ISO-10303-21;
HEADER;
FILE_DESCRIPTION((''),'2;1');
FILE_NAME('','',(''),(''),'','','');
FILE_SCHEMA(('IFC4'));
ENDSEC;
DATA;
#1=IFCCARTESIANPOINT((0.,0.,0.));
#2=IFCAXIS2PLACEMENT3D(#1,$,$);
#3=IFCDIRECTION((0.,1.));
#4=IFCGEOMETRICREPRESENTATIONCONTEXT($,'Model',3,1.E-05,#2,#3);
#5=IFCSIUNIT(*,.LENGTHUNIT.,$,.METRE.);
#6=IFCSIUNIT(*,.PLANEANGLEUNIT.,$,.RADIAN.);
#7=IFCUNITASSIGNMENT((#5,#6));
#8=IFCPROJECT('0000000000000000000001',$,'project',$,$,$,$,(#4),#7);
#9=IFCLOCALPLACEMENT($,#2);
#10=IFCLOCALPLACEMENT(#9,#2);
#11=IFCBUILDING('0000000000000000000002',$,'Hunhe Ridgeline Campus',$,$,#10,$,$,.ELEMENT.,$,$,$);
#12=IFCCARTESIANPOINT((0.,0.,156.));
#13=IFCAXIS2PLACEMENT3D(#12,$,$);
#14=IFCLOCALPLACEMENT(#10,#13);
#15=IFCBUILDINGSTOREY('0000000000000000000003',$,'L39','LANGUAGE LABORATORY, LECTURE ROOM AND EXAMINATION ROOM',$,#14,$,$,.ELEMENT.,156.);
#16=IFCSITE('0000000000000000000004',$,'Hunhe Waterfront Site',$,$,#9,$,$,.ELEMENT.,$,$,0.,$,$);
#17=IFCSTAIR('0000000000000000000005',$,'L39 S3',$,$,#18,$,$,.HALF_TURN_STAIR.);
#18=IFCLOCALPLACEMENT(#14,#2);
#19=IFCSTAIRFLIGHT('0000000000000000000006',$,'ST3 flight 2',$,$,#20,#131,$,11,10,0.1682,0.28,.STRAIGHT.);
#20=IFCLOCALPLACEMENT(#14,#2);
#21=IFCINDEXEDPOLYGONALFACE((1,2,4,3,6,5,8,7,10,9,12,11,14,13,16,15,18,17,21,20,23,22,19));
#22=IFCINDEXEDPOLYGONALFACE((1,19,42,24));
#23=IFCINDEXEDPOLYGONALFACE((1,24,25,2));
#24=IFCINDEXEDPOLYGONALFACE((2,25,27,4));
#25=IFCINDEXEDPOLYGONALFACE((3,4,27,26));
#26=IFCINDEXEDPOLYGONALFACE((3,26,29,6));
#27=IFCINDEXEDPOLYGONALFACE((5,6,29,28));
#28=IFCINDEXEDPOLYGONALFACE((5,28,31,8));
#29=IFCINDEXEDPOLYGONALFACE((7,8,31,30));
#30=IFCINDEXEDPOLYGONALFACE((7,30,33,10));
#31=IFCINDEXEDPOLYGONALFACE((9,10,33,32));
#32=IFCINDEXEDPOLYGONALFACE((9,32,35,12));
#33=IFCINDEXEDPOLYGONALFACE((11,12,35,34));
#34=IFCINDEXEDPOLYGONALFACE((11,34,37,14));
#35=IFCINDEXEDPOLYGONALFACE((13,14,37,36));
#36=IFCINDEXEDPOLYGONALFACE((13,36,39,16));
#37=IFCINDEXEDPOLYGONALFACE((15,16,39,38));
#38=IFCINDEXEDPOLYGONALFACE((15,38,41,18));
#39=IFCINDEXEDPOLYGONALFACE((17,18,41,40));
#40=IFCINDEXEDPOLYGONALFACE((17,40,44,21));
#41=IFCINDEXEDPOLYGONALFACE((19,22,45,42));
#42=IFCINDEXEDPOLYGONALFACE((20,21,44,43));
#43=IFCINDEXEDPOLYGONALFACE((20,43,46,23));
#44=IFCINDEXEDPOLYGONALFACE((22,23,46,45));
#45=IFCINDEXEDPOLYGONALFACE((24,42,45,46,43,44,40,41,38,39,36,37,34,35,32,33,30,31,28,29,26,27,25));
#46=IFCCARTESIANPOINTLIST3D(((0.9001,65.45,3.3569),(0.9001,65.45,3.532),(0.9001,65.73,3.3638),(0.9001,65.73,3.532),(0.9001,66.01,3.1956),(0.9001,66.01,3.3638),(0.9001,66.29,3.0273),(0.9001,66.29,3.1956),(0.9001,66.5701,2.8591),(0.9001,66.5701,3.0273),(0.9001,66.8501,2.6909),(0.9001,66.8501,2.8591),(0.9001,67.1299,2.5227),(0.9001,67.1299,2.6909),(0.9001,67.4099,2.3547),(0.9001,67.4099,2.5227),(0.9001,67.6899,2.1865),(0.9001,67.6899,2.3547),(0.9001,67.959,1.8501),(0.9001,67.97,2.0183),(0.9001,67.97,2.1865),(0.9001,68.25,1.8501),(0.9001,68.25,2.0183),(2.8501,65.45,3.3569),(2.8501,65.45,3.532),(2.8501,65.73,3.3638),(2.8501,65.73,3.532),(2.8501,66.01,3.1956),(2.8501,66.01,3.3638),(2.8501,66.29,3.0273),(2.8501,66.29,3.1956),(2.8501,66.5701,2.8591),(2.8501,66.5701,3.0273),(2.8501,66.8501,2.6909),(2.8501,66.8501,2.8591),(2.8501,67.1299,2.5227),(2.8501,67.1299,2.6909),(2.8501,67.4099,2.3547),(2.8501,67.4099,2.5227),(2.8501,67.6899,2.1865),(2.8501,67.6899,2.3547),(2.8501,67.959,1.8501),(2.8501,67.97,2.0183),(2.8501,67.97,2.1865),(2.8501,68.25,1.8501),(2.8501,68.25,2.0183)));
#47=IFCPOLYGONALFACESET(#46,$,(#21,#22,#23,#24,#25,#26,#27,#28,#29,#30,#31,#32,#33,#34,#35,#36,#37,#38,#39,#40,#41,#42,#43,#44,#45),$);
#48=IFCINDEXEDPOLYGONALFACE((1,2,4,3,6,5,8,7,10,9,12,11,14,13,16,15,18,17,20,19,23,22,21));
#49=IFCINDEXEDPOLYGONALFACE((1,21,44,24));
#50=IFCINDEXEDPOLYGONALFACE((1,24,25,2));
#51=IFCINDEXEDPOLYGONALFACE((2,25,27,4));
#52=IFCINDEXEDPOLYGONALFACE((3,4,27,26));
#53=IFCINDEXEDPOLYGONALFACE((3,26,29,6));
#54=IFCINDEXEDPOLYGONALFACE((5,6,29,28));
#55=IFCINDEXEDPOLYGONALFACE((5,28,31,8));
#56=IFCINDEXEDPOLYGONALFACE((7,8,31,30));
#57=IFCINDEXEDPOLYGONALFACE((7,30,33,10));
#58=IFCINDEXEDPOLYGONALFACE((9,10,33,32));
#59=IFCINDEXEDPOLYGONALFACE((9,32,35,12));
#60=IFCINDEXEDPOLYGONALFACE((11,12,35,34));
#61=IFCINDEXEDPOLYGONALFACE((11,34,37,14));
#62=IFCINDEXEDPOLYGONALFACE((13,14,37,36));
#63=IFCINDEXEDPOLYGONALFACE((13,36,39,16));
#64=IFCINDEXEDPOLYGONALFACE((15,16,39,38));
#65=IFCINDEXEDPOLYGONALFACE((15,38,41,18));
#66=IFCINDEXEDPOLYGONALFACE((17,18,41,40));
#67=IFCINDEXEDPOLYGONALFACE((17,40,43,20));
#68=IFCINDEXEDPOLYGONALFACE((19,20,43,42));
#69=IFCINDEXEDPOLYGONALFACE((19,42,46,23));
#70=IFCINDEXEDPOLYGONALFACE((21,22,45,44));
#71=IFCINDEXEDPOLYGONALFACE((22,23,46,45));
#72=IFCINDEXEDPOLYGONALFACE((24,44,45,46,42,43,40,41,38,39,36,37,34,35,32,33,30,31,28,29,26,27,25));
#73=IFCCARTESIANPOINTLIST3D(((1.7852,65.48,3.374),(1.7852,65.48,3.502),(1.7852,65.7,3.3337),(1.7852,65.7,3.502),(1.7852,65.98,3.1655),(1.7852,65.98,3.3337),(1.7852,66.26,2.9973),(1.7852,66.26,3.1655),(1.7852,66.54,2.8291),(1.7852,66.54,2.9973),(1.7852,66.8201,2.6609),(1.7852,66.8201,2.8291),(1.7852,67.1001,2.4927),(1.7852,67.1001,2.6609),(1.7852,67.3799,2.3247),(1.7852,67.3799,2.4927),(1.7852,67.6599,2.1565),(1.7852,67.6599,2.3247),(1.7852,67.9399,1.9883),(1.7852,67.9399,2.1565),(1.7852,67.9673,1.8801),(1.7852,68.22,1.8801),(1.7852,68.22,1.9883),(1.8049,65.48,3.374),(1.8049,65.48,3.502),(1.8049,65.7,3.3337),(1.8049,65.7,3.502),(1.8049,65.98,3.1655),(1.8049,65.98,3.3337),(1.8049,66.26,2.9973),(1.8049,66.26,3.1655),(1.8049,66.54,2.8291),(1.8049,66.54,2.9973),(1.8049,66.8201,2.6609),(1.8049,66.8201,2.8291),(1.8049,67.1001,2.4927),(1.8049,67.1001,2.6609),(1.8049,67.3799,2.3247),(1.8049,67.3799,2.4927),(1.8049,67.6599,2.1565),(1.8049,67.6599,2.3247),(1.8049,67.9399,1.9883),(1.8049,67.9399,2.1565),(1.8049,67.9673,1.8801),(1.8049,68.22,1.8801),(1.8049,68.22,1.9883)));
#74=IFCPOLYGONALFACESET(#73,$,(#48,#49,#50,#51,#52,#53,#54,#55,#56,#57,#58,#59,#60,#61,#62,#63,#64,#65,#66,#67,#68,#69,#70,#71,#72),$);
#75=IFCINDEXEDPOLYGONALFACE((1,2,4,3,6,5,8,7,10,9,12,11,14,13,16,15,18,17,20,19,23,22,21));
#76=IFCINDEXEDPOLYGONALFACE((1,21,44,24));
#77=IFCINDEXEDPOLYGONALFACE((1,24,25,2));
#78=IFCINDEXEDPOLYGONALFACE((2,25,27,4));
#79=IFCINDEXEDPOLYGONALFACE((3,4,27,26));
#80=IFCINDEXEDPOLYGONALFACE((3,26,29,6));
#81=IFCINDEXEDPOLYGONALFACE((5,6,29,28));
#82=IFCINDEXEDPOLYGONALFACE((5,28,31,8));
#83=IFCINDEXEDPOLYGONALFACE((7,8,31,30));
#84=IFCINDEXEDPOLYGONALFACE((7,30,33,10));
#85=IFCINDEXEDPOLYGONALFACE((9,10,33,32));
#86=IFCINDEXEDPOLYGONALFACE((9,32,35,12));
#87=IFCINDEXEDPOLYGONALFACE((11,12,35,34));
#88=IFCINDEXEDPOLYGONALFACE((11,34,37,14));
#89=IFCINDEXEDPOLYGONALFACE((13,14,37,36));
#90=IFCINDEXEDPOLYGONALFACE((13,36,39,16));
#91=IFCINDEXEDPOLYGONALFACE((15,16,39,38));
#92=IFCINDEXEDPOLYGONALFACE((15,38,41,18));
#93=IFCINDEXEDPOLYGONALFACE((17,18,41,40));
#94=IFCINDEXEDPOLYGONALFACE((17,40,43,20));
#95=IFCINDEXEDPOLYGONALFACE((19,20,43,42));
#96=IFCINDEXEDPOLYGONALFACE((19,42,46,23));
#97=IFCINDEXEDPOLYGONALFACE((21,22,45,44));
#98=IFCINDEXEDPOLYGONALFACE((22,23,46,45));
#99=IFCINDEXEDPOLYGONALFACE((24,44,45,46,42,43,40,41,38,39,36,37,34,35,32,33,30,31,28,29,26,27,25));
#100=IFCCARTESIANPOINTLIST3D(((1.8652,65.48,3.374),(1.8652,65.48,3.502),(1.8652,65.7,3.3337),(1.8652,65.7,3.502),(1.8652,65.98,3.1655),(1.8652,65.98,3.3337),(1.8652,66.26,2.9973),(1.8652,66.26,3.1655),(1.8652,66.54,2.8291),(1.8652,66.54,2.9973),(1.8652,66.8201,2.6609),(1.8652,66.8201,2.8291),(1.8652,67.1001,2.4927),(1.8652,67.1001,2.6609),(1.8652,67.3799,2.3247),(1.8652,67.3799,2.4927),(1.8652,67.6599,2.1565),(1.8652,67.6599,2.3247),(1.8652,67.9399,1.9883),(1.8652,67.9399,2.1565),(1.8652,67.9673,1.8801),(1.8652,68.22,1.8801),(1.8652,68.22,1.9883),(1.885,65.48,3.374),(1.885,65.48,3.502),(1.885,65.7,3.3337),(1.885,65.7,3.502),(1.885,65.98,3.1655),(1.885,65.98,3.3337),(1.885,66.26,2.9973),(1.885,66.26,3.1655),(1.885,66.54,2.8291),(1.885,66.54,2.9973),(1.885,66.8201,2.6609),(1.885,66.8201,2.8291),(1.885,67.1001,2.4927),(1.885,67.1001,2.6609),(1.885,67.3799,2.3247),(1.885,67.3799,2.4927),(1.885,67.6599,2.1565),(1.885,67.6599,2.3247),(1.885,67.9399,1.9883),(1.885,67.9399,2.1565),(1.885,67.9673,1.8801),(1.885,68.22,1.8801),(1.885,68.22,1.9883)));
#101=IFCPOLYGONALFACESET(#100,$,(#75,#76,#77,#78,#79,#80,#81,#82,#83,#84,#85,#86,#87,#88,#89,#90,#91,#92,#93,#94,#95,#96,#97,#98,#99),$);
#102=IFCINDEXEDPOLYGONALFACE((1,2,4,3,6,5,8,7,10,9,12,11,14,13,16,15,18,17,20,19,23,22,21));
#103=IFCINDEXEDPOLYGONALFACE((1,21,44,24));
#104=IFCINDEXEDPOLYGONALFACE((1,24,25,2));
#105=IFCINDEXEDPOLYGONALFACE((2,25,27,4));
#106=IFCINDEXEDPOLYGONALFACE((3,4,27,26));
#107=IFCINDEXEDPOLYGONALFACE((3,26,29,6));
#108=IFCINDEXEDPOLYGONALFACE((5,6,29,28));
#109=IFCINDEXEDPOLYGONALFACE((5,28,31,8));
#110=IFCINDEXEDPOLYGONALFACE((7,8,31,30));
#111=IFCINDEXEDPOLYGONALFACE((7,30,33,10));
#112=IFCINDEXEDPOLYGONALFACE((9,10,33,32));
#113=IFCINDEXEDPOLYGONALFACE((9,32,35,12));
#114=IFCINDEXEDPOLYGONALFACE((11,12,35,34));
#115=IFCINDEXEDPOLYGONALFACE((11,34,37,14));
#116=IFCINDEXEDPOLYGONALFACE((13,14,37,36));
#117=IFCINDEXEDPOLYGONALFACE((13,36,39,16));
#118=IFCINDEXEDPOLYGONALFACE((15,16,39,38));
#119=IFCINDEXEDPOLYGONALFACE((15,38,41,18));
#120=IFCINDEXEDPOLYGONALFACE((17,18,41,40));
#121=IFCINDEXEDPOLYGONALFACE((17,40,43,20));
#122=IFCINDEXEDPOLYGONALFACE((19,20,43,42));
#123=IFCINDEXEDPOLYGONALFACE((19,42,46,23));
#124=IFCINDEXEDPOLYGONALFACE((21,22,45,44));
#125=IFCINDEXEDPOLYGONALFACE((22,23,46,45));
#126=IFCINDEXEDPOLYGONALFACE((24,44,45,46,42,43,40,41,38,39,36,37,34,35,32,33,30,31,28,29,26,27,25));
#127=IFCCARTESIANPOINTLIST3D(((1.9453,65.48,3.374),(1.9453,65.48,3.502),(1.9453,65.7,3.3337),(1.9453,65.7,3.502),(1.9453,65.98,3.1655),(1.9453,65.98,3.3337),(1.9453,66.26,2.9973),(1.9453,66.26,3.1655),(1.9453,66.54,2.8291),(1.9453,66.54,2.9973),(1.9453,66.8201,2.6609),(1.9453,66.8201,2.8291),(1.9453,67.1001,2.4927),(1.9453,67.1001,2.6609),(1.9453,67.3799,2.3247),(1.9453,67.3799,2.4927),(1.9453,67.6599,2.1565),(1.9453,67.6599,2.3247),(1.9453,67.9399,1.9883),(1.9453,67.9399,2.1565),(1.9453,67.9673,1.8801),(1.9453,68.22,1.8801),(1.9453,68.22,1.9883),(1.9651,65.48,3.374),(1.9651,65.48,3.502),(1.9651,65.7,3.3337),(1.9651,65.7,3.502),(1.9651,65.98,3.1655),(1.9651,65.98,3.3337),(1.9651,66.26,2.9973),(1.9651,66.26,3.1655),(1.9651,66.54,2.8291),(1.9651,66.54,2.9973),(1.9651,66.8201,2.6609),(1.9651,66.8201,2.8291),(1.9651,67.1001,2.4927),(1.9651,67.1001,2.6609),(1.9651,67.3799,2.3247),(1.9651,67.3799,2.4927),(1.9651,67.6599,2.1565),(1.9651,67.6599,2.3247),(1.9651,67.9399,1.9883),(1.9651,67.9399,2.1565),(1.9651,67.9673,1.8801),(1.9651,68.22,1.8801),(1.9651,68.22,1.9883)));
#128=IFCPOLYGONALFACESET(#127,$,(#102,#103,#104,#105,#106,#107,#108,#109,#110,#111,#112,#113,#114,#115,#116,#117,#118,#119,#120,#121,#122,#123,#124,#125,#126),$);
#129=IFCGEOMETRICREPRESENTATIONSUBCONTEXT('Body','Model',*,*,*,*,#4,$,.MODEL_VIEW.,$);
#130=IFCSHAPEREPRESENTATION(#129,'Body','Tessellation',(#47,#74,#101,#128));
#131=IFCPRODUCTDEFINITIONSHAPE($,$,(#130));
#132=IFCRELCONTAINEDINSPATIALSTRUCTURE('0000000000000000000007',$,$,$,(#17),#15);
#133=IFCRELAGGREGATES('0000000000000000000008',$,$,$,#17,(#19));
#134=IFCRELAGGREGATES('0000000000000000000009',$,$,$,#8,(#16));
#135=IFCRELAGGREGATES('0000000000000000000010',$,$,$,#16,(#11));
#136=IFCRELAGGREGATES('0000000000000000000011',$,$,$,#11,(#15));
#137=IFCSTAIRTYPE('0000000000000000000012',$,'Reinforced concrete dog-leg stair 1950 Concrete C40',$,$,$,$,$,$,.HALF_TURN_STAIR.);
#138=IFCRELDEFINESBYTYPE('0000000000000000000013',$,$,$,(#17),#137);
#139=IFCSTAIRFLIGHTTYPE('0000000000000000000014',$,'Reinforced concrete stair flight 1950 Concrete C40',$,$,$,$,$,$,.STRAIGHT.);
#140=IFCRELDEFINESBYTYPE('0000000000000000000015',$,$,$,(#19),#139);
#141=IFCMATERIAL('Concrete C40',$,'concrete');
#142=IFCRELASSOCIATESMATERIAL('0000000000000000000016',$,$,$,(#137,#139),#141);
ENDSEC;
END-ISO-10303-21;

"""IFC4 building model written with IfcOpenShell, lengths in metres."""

from ifc_helpers import new_model, si_unit, direction, frame, origin, place, context, subcontext, project, spatial, polyline, outline, extrude, material, type_object, element, aggregate, save


model = new_model("IFC4")

# Units and contexts
model_context = context("Model", 3, precision=1e-05, world=origin(), true_north=direction((0.0, 1.0)))
body_context = subcontext(model_context, "Body", "Model", "MODEL_VIEW")
ifc_project = project(units=[si_unit("LENGTHUNIT", "METRE"), si_unit("PLANEANGLEUNIT", "RADIAN")], contexts=[model_context])

# Site, building, storey
site_placement = place(None, origin())
site = spatial("IfcSite", under=ifc_project, at=site_placement, Name="Hunhe Waterfront Site", CompositionType="ELEMENT", RefElevation=0.0)
building_placement = place(site_placement, origin())
building = spatial("IfcBuilding", under=site, at=building_placement, Name="Hunhe Ridgeline Campus", CompositionType="ELEMENT")
storey_placement = place(building_placement, frame((0.0, 0.0, 156.0)))
storey = spatial("IfcBuildingStorey", under=building, at=storey_placement, Name="L39", Description="LANGUAGE LABORATORY, LECTURE ROOM AND EXAMINATION ROOM", CompositionType="ELEMENT", Elevation=156.0)

# Stair, stair flight
ifc_material_1 = material(Name="Concrete C40", Category="concrete")
stair_type = type_object("IfcStairType", Name="Reinforced concrete dog-leg stair 1950 Concrete C40", PredefinedType="HALF_TURN_STAIR", material=ifc_material_1)
stair_1_placement = place(storey_placement, origin())
stair_1 = element("IfcStair", 1, at=stair_1_placement, inside=storey, type_object=stair_type, Name="L39 S3", PredefinedType="HALF_TURN_STAIR")
stair_flight_type = type_object("IfcStairFlightType", Name="Reinforced concrete stair flight 1950 Concrete C40", PredefinedType="STRAIGHT", material=ifc_material_1)
stair_flight_1_placement = place(storey_placement, frame((1.875, 68.25, 1.8501), z_axis=(0.0, 0.0, 1.0), x_axis=(0.0, -1.0, 0.0)))
stair_flight_1 = element("IfcStairFlight", 2, at=stair_flight_1_placement, type_object=stair_flight_type, Name="ST3 flight 2", NumberOfRisers=11, NumberOfTreads=10, PredefinedType="STRAIGHT", RiserHeight=0.1682, TreadLength=0.28, context=body_context, shape_type="SweptSolid", body=[
    extrude(outline(polyline([(0.0, 0.0), (0.0, 0.1682), (0.28, 0.1682), (0.28, 0.3364), (0.5601, 0.3364), (0.5601, 0.5046), (0.8401, 0.5046), (0.8401, 0.6726), (1.1201, 0.6726), (1.1201, 0.8408), (1.3999, 0.8408), (1.3999, 1.009), (1.6799, 1.009), (1.6799, 1.1772), (1.96, 1.1772), (1.96, 1.3455), (2.24, 1.3455), (2.24, 1.5137), (2.52, 1.5137), (2.52, 1.6819), (2.8, 1.6819), (2.8, 1.8501), (2.8, 1.5068), (0.291, 0.0), (0.0, 0.0)])), frame((0.0, 0.9751, 0.0), z_axis=(0.0, -1.0, 0.0), x_axis=(1.0, 0.0, 0.0)), (0.0, 0.0, 1.0), 1.95),
    extrude(outline(polyline([(0.03, 0.03), (0.03, 0.1382), (0.3101, 0.1382), (0.3101, 0.3064), (0.5901, 0.3064), (0.5901, 0.4746), (0.8701, 0.4746), (0.8701, 0.6426), (1.1499, 0.6426), (1.1499, 0.8108), (1.4299, 0.8108), (1.4299, 0.979), (1.71, 0.979), (1.71, 1.1472), (1.99, 1.1472), (1.99, 1.3154), (2.27, 1.3154), (2.27, 1.4836), (2.55, 1.4836), (2.55, 1.6519), (2.77, 1.6519), (2.77, 1.5239), (0.2827, 0.03), (0.03, 0.03)])), frame((0.0, -0.0701, 0.0), z_axis=(0.0, -1.0, 0.0), x_axis=(1.0, 0.0, 0.0)), (0.0, 0.0, 1.0), 0.0198),
    extrude(outline(polyline([(0.03, 0.03), (0.03, 0.1382), (0.3101, 0.1382), (0.3101, 0.3064), (0.5901, 0.3064), (0.5901, 0.4746), (0.8701, 0.4746), (0.8701, 0.6426), (1.1499, 0.6426), (1.1499, 0.8108), (1.4299, 0.8108), (1.4299, 0.979), (1.71, 0.979), (1.71, 1.1472), (1.99, 1.1472), (1.99, 1.3154), (2.27, 1.3154), (2.27, 1.4836), (2.55, 1.4836), (2.55, 1.6519), (2.77, 1.6519), (2.77, 1.5239), (0.2827, 0.03), (0.03, 0.03)])), frame((0.0, 0.01, 0.0), z_axis=(0.0, -1.0, 0.0), x_axis=(1.0, 0.0, 0.0)), (0.0, 0.0, 1.0), 0.0198),
    extrude(outline(polyline([(0.03, 0.03), (0.03, 0.1382), (0.3101, 0.1382), (0.3101, 0.3064), (0.5901, 0.3064), (0.5901, 0.4746), (0.8701, 0.4746), (0.8701, 0.6426), (1.1499, 0.6426), (1.1499, 0.8108), (1.4299, 0.8108), (1.4299, 0.979), (1.71, 0.979), (1.71, 1.1472), (1.99, 1.1472), (1.99, 1.3154), (2.27, 1.3154), (2.27, 1.4836), (2.55, 1.4836), (2.55, 1.6519), (2.77, 1.6519), (2.77, 1.5239), (0.2827, 0.03), (0.03, 0.03)])), frame((0.0, 0.0901, 0.0), z_axis=(0.0, -1.0, 0.0), x_axis=(1.0, 0.0, 0.0)), (0.0, 0.0, 1.0), 0.0198),
])
aggregate(stair_1, [stair_flight_1])

save(model, "model.ifc")
